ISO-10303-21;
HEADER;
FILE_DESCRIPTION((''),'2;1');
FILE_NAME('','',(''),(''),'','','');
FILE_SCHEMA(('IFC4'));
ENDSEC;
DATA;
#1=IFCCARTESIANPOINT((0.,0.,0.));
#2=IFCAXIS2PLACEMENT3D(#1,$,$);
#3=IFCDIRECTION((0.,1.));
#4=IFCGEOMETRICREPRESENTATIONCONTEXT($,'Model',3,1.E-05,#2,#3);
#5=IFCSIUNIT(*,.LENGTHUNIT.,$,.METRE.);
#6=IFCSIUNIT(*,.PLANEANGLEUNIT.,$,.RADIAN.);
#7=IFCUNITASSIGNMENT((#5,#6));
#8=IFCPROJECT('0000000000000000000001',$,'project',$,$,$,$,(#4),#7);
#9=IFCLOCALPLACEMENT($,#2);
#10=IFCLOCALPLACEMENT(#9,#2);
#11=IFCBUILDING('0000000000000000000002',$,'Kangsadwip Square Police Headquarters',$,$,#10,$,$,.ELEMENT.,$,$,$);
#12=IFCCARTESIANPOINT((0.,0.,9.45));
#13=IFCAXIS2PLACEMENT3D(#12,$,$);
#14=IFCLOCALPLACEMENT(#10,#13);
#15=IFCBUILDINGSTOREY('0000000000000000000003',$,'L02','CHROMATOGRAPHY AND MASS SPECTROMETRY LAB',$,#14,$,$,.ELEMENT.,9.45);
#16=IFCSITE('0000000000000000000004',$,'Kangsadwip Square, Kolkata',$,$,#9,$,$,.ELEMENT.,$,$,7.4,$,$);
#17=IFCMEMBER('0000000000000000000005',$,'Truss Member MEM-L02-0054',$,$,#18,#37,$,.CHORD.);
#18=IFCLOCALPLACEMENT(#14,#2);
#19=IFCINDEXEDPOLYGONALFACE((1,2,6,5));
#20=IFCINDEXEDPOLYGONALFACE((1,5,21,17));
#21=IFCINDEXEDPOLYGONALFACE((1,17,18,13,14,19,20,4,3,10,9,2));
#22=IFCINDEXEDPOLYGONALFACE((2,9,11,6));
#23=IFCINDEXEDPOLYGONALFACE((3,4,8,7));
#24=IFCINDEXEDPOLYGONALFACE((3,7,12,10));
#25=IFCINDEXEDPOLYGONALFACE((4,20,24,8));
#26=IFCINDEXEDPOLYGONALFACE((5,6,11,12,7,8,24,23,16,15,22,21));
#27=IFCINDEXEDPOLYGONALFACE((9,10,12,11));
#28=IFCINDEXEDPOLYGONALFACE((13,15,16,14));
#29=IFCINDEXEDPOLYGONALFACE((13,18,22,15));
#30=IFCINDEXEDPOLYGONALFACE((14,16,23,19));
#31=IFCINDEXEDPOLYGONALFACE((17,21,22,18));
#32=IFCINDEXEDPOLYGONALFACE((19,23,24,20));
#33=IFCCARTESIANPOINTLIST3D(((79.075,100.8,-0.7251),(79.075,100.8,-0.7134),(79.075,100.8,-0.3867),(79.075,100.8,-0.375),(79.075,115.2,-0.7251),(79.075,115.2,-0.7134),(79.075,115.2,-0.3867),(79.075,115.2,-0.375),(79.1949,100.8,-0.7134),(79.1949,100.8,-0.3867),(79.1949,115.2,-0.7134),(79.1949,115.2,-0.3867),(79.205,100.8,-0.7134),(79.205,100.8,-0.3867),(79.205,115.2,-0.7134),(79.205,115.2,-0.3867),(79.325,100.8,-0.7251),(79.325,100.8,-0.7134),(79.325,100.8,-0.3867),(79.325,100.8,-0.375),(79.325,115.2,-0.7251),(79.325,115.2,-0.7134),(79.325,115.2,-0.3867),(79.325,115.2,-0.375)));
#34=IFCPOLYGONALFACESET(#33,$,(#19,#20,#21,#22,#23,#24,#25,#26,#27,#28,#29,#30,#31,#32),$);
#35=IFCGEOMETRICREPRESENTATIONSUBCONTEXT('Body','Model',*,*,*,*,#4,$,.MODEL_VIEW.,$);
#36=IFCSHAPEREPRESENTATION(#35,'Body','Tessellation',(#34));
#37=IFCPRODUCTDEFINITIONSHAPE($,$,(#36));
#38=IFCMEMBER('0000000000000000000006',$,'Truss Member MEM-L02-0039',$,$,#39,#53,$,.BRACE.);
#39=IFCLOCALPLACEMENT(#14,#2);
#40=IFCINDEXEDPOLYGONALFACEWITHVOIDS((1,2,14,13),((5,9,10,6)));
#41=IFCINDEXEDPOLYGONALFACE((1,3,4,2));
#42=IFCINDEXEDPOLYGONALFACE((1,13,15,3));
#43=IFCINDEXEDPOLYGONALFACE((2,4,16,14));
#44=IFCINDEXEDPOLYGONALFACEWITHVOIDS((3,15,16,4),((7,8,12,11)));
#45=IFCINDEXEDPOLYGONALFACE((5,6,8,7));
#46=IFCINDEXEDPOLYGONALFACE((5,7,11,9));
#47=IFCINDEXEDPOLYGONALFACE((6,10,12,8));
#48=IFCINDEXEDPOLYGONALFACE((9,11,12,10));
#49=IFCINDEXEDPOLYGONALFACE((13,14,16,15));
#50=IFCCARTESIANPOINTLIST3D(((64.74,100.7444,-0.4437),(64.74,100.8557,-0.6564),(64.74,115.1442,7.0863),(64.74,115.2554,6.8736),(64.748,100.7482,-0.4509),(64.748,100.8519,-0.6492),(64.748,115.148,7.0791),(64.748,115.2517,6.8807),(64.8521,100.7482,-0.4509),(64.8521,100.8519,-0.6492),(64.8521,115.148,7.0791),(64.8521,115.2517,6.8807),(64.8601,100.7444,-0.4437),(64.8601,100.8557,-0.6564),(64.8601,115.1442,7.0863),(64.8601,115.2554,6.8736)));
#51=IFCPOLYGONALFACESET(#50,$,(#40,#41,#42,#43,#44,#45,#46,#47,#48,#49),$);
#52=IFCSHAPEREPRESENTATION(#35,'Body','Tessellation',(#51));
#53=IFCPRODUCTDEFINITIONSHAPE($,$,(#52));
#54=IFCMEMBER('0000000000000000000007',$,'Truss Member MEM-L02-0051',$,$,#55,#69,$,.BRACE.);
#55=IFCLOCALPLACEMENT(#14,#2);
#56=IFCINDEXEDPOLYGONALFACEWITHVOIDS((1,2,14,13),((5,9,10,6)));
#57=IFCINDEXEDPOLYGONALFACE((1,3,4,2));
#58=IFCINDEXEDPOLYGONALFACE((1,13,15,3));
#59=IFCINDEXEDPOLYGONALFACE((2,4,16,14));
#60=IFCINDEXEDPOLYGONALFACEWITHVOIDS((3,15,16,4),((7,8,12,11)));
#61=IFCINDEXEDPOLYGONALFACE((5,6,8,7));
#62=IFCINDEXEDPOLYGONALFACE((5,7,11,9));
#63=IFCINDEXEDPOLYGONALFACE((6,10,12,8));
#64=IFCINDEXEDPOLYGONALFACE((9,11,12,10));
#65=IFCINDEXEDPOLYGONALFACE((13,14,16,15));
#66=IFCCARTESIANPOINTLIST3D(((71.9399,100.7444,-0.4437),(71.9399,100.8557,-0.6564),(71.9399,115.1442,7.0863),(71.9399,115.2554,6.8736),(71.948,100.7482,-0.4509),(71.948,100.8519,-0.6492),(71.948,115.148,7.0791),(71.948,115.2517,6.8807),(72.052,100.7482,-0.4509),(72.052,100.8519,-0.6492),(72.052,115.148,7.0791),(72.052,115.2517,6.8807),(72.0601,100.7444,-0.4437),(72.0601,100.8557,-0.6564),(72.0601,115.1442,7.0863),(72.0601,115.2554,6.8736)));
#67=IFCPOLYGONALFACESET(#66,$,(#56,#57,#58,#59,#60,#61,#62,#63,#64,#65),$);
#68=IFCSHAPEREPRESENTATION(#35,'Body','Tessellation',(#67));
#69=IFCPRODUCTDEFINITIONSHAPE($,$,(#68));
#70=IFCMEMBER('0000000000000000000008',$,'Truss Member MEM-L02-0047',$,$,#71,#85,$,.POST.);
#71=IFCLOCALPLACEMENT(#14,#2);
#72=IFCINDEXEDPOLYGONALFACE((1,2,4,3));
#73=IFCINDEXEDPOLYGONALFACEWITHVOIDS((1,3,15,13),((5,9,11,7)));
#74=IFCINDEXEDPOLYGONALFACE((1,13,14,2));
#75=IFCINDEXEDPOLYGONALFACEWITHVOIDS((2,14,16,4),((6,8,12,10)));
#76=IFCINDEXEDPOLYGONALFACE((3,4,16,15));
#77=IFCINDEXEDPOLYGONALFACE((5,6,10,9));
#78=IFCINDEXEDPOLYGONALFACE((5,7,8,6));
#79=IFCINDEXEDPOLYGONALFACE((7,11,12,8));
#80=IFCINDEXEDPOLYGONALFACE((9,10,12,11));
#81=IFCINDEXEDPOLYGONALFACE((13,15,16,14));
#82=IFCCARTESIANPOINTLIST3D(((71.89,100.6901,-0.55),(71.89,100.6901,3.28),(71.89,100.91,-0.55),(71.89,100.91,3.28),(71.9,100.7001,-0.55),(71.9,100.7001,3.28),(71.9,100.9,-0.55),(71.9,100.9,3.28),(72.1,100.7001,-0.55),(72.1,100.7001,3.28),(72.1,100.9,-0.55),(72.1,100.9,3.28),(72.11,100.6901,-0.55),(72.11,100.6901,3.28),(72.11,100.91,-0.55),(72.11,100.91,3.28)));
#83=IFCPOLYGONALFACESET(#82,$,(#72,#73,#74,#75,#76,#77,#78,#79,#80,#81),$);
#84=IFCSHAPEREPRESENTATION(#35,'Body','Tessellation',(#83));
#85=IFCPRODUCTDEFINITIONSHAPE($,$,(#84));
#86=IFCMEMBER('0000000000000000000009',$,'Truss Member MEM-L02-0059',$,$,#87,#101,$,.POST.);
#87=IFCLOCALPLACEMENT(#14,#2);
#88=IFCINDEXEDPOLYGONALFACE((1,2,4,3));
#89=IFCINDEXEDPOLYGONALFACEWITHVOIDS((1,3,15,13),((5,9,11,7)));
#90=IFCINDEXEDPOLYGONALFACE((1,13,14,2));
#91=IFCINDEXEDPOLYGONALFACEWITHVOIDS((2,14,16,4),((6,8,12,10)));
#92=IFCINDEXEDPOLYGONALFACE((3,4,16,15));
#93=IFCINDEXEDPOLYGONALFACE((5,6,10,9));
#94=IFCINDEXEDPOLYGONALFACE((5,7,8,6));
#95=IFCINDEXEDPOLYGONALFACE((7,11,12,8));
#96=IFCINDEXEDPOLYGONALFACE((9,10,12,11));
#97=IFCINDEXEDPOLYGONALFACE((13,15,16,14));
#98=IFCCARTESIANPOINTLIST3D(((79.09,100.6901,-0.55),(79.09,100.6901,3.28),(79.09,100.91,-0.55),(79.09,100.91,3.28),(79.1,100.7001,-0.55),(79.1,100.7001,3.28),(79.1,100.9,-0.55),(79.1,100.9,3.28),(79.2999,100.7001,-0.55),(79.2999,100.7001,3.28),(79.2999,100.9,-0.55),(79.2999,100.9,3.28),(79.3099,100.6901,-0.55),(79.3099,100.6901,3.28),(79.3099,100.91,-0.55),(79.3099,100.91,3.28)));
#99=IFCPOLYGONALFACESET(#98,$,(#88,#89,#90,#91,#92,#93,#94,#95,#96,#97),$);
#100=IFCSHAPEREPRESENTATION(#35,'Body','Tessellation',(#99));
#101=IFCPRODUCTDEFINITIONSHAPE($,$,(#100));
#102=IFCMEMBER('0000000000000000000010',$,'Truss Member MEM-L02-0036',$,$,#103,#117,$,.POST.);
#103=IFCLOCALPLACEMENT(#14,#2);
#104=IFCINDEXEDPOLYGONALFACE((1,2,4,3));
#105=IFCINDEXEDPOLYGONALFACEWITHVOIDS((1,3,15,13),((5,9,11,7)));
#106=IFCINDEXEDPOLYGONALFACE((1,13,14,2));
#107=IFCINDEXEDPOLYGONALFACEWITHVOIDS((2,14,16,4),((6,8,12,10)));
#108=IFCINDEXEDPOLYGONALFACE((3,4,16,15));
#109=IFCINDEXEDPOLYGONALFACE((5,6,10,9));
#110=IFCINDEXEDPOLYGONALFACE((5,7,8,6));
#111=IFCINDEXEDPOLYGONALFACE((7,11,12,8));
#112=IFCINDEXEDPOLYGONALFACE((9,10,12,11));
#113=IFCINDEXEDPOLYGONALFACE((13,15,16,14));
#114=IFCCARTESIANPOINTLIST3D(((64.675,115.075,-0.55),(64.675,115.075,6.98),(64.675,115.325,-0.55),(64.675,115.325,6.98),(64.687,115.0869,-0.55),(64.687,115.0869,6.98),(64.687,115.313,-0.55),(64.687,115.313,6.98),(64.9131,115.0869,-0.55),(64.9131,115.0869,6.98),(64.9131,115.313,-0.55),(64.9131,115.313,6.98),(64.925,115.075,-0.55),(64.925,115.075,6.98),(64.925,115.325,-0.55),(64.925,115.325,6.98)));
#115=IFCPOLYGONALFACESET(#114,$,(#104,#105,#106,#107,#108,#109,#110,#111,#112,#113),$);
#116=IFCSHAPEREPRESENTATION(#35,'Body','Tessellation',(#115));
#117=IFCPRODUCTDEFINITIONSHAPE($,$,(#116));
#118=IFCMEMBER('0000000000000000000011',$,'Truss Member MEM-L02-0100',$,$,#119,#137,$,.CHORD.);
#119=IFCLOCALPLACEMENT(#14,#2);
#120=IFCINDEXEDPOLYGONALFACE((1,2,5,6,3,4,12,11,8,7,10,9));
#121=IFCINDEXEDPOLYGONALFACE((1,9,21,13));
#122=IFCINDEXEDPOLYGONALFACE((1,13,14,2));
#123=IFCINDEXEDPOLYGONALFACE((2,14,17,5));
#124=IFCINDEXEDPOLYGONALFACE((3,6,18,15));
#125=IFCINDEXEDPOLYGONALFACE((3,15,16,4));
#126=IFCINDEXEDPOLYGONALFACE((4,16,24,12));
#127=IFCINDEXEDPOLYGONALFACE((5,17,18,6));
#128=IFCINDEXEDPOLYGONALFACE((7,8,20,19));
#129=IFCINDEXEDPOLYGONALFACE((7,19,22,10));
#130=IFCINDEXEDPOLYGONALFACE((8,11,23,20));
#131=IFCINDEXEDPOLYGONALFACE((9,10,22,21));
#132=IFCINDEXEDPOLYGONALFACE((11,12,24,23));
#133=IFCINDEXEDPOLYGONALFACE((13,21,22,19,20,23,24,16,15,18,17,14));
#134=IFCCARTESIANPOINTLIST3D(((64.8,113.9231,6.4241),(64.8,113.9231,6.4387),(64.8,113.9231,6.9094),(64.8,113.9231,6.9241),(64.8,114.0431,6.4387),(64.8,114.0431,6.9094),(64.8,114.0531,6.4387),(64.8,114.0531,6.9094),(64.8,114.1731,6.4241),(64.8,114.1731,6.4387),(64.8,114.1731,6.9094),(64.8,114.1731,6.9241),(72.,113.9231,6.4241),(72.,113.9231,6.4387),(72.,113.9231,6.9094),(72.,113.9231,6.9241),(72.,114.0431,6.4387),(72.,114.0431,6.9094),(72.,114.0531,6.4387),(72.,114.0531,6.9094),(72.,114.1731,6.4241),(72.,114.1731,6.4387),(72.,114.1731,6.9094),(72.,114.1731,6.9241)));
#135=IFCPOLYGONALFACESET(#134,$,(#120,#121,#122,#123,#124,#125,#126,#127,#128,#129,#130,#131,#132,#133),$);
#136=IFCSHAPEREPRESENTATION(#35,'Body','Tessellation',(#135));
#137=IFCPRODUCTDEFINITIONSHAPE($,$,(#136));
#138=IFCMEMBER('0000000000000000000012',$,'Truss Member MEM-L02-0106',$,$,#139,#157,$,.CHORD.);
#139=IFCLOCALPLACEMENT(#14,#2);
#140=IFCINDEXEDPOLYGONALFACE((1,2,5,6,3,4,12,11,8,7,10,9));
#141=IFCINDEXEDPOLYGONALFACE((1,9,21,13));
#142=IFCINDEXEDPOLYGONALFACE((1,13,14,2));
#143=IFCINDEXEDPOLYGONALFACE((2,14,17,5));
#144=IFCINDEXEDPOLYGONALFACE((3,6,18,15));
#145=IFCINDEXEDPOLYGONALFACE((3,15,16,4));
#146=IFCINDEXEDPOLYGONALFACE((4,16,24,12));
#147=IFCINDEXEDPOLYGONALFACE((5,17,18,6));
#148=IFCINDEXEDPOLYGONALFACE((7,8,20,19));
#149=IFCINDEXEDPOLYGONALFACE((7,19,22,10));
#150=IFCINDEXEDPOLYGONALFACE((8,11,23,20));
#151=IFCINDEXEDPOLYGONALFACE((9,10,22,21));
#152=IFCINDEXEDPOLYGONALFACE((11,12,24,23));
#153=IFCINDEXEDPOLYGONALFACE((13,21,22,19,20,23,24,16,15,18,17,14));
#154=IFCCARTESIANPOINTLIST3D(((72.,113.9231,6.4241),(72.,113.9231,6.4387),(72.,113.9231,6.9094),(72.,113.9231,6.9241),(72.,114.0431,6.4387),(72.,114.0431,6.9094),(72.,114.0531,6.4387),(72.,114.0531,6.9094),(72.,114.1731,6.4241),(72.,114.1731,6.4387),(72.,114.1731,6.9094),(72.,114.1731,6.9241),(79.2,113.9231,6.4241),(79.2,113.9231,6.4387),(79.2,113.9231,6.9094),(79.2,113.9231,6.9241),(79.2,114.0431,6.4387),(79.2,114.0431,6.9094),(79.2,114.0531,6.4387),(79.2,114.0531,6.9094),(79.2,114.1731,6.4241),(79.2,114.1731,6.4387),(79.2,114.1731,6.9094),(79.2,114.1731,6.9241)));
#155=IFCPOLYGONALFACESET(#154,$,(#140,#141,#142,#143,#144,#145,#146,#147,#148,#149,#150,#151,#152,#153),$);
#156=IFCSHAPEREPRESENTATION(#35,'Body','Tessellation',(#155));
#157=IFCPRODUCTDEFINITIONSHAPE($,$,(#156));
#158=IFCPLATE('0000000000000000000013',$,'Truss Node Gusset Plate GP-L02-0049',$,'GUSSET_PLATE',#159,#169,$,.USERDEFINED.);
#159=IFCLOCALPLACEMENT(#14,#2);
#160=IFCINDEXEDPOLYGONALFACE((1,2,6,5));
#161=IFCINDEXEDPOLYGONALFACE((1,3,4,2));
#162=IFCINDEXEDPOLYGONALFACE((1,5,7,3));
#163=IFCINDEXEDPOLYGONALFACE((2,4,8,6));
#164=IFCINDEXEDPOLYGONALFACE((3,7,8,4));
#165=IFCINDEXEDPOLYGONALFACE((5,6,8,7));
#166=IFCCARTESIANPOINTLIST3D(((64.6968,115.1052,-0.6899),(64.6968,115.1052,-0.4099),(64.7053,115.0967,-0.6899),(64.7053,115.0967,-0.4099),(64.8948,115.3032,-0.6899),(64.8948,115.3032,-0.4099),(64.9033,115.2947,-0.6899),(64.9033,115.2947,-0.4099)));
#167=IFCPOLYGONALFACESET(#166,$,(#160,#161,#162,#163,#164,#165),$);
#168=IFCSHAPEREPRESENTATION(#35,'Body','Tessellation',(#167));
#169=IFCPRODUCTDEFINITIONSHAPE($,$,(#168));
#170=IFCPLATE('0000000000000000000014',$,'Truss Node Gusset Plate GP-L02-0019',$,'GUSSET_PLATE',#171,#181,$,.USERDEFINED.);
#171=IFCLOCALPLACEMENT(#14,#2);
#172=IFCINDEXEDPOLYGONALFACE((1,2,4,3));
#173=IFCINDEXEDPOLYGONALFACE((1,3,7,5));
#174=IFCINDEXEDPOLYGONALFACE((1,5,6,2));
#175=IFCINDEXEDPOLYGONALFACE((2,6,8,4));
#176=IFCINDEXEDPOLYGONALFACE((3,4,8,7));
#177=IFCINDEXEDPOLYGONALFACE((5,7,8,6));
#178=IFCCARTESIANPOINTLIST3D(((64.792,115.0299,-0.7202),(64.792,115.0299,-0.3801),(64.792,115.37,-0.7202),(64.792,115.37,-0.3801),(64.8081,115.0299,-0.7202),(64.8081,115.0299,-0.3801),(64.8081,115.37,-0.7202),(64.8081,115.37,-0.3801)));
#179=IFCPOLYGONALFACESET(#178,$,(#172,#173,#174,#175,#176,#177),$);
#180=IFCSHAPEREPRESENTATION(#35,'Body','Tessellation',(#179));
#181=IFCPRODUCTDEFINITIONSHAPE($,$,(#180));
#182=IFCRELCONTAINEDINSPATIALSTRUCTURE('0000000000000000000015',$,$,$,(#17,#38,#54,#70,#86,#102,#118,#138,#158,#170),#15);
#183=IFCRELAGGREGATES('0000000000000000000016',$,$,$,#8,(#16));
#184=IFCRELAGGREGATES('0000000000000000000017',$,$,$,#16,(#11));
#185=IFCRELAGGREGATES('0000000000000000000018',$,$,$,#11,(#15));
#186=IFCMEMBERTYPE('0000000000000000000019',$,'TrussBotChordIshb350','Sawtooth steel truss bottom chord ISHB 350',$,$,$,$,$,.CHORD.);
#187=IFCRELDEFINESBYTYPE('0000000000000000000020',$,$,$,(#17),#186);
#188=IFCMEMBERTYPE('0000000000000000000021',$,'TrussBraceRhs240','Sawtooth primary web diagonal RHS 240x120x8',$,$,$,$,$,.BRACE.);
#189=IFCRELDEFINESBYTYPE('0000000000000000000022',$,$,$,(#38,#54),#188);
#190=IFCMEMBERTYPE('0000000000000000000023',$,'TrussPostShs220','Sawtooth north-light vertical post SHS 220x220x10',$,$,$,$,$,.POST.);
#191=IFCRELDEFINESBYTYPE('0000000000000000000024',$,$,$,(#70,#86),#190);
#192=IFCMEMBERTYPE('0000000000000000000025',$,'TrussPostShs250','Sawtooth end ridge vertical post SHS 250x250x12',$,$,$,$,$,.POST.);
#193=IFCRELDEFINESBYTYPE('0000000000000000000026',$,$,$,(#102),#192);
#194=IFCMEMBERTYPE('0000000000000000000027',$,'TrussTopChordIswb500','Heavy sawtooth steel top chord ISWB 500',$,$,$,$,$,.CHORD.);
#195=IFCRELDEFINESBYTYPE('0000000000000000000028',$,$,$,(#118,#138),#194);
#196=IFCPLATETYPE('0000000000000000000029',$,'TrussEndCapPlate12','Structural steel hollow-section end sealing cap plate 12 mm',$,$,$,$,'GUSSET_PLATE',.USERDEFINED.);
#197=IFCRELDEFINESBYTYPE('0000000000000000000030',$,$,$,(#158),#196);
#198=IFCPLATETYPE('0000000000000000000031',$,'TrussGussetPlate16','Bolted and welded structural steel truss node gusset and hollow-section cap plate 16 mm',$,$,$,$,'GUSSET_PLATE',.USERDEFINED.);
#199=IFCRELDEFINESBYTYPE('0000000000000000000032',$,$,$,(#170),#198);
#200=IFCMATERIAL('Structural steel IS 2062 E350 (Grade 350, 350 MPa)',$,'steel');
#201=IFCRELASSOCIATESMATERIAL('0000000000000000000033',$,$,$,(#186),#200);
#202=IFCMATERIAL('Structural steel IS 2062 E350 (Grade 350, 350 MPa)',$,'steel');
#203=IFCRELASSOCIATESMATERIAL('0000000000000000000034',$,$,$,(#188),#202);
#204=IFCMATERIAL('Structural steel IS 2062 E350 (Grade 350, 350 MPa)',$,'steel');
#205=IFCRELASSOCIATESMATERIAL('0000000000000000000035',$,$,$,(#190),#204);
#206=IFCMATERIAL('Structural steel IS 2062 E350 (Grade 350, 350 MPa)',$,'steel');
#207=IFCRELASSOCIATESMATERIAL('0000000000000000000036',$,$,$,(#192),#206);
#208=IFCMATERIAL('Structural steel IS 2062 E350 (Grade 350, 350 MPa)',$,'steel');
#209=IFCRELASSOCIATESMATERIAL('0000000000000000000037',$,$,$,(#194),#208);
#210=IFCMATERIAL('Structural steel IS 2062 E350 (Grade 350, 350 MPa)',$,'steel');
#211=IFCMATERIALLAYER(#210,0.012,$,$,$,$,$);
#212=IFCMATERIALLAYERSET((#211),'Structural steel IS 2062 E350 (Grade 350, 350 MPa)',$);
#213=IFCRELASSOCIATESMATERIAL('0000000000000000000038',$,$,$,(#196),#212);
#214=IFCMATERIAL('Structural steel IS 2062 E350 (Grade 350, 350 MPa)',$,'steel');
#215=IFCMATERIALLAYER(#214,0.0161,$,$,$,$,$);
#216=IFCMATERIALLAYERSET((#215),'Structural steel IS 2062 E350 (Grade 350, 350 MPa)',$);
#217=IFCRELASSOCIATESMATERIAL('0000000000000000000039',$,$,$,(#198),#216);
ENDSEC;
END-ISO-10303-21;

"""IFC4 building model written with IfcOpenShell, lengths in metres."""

from ifc_helpers import new_model, si_unit, direction, frame, origin, origin_2d, place, context, subcontext, project, spatial, rectangle, hollow_rectangle, i_section, extrude, material, layer, layer_set, material_profile, profile_set, type_object, element, save


model = new_model("IFC4")

# Units and contexts
model_context = context("Model", 3, precision=1e-05, world=origin(), true_north=direction((0.0, 1.0)))
body_context = subcontext(model_context, "Body", "Model", "MODEL_VIEW")
ifc_project = project(units=[si_unit("LENGTHUNIT", "METRE"), si_unit("PLANEANGLEUNIT", "RADIAN")], contexts=[model_context])

# Site, building, storey
site_placement = place(None, origin())
site = spatial("IfcSite", under=ifc_project, at=site_placement, Name="Kangsadwip Square, Kolkata", CompositionType="ELEMENT", RefElevation=7.4)
building_placement = place(site_placement, origin())
building = spatial("IfcBuilding", under=site, at=building_placement, Name="Kangsadwip Square Police Headquarters", CompositionType="ELEMENT")
storey_placement = place(building_placement, frame((0.0, 0.0, 9.45)))
storey = spatial("IfcBuildingStorey", under=building, at=storey_placement, Name="L02", Description="CHROMATOGRAPHY AND MASS SPECTROMETRY LAB", CompositionType="ELEMENT", Elevation=9.45)

# Members
ifc_material_1 = material(Name="Structural steel IS 2062 E350 (Grade 350, 350 MPa)", Category="steel")
ifc_material_profile_1 = material_profile(ifc_material_1, i_section(OverallWidth=0.25, OverallDepth=0.3501, WebThickness=0.01, FlangeThickness=0.0117, at=origin_2d()), Name="ISHB 350")
ifc_profile_set_1 = profile_set([ifc_material_profile_1], Name="Structural steel IS 2062 E350 (Grade 350, 350 MPa)")
member_type_1 = type_object("IfcMemberType", Name="TrussBotChordIshb350", Description="Sawtooth steel truss bottom chord ISHB 350", PredefinedType="CHORD", material=ifc_profile_set_1)
for number, where, z_axis, x_axis, name in (
    (1, (79.2, 100.8, -0.55), (0.0, 1.0, 0.0), (-1.0, 0.0, 0.0), "Truss Member MEM-L02-0054"),
):
    element("IfcMember", number, at=place(storey_placement, frame(where, z_axis=z_axis, x_axis=x_axis)), inside=storey, type_object=member_type_1, Name=name, PredefinedType="CHORD", context=body_context, shape_type="SweptSolid", body=[
        extrude(i_section(OverallWidth=0.25, OverallDepth=0.3501, WebThickness=0.01, FlangeThickness=0.0117, at=origin_2d()), origin(), (0.0, 0.0, 1.0), 14.3999),
    ])
ifc_material_2 = material(Name="Structural steel IS 2062 E350 (Grade 350, 350 MPa)", Category="steel")
ifc_material_profile_2 = material_profile(ifc_material_2, hollow_rectangle(XDim=0.1201, YDim=0.24, WallThickness=0.0081, at=origin_2d()), Name="RHS 240X120X8")
ifc_profile_set_2 = profile_set([ifc_material_profile_2], Name="Structural steel IS 2062 E350 (Grade 350, 350 MPa)")
member_type_2 = type_object("IfcMemberType", Name="TrussBraceRhs240", Description="Sawtooth primary web diagonal RHS 240x120x8", PredefinedType="BRACE", material=ifc_profile_set_2)
for number, where, z_axis, x_axis, name in (
    (2, (64.8, 100.8, -0.55), (0.0, 0.886155, 0.46339), (-1.0, 0.0, 0.0), "Truss Member MEM-L02-0039"),
    (3, (72.0, 100.8, -0.55), (0.0, 0.886155, 0.46339), (-1.0, 0.0, 0.0), "Truss Member MEM-L02-0051"),
):
    element("IfcMember", number, at=place(storey_placement, frame(where, z_axis=z_axis, x_axis=x_axis)), inside=storey, type_object=member_type_2, Name=name, PredefinedType="BRACE", context=body_context, shape_type="SweptSolid", body=[
        extrude(hollow_rectangle(XDim=0.1201, YDim=0.24, WallThickness=0.0081, at=origin_2d()), origin(), (0.0, 0.0, 1.0), 16.2498),
    ])
ifc_material_3 = material(Name="Structural steel IS 2062 E350 (Grade 350, 350 MPa)", Category="steel")
ifc_material_profile_3 = material_profile(ifc_material_3, hollow_rectangle(XDim=0.22, YDim=0.22, WallThickness=0.01, at=origin_2d()), Name="SHS 220X220X10")
ifc_profile_set_3 = profile_set([ifc_material_profile_3], Name="Structural steel IS 2062 E350 (Grade 350, 350 MPa)")
member_type_3 = type_object("IfcMemberType", Name="TrussPostShs220", Description="Sawtooth north-light vertical post SHS 220x220x10", PredefinedType="POST", material=ifc_profile_set_3)
for number, where, z_axis, x_axis, name in (
    (4, (72.0, 100.8, -0.55), (0.0, 0.0, 1.0), (1.0, 0.0, 0.0), "Truss Member MEM-L02-0047"),
    (5, (79.2, 100.8, -0.55), (0.0, 0.0, 1.0), (1.0, 0.0, 0.0), "Truss Member MEM-L02-0059"),
):
    element("IfcMember", number, at=place(storey_placement, frame(where, z_axis=z_axis, x_axis=x_axis)), inside=storey, type_object=member_type_3, Name=name, PredefinedType="POST", context=body_context, shape_type="SweptSolid", body=[
        extrude(hollow_rectangle(XDim=0.22, YDim=0.22, WallThickness=0.01, at=origin_2d()), origin(), (0.0, 0.0, 1.0), 3.8301),
    ])
ifc_material_4 = material(Name="Structural steel IS 2062 E350 (Grade 350, 350 MPa)", Category="steel")
ifc_material_profile_4 = material_profile(ifc_material_4, hollow_rectangle(XDim=0.25, YDim=0.25, WallThickness=0.012, at=origin_2d()), Name="SHS 250X250X12")
ifc_profile_set_4 = profile_set([ifc_material_profile_4], Name="Structural steel IS 2062 E350 (Grade 350, 350 MPa)")
member_type_4 = type_object("IfcMemberType", Name="TrussPostShs250", Description="Sawtooth end ridge vertical post SHS 250x250x12", PredefinedType="POST", material=ifc_profile_set_4)
member_placement = place(storey_placement, frame((64.8, 115.2, -0.55), z_axis=(0.0, 0.0, 1.0), x_axis=(1.0, 0.0, 0.0)))
element("IfcMember", 6, at=member_placement, inside=storey, type_object=member_type_4, Name="Truss Member MEM-L02-0036", PredefinedType="POST", context=body_context, shape_type="SweptSolid", body=[
    extrude(hollow_rectangle(XDim=0.25, YDim=0.25, WallThickness=0.012, at=origin_2d()), origin(), (0.0, 0.0, 1.0), 7.53),
])
ifc_material_5 = material(Name="Structural steel IS 2062 E350 (Grade 350, 350 MPa)", Category="steel")
ifc_material_profile_5 = material_profile(ifc_material_5, i_section(OverallWidth=0.25, OverallDepth=0.5, WebThickness=0.01, FlangeThickness=0.0146, at=origin_2d()), Name="ISWB 500")
ifc_profile_set_5 = profile_set([ifc_material_profile_5], Name="Structural steel IS 2062 E350 (Grade 350, 350 MPa)")
member_type_5 = type_object("IfcMemberType", Name="TrussTopChordIswb500", Description="Heavy sawtooth steel top chord ISWB 500", PredefinedType="CHORD", material=ifc_profile_set_5)
for number, where, z_axis, x_axis, name in (
    (7, (64.8, 114.0481, 6.6741), (1.0, 0.0, 0.0), (0.0, 1.0, 0.0), "Truss Member MEM-L02-0100"),
    (8, (72.0, 114.0481, 6.6741), (1.0, 0.0, 0.0), (0.0, 1.0, 0.0), "Truss Member MEM-L02-0106"),
):
    element("IfcMember", number, at=place(storey_placement, frame(where, z_axis=z_axis, x_axis=x_axis)), inside=storey, type_object=member_type_5, Name=name, PredefinedType="CHORD", context=body_context, shape_type="SweptSolid", body=[
        extrude(i_section(OverallWidth=0.25, OverallDepth=0.5, WebThickness=0.01, FlangeThickness=0.0146, at=origin_2d()), origin(), (0.0, 0.0, 1.0), 7.2),
    ])

# Plates
ifc_material_6 = material(Name="Structural steel IS 2062 E350 (Grade 350, 350 MPa)", Category="steel")
ifc_layer_1 = layer(ifc_material_6, 0.012)
ifc_layer_set_1 = layer_set([ifc_layer_1], Name="Structural steel IS 2062 E350 (Grade 350, 350 MPa)")
plate_type_1 = type_object("IfcPlateType", Name="TrussEndCapPlate12", Description="Structural steel hollow-section end sealing cap plate 12 mm", ElementType="GUSSET_PLATE", PredefinedType="USERDEFINED", material=ifc_layer_set_1)
plate_placement = place(storey_placement, frame((64.8, 115.2, -0.6899), z_axis=(0.0, 0.0, 1.0), x_axis=(0.707107, 0.707107, 0.0)))
element("IfcPlate", 9, at=plate_placement, inside=storey, type_object=plate_type_1, Name="Truss Node Gusset Plate GP-L02-0049", ObjectType="GUSSET_PLATE", PredefinedType="USERDEFINED", context=body_context, shape_type="SweptSolid", body=[
    extrude(rectangle(XDim=0.28, YDim=0.012, at=origin_2d()), origin(), (0.0, 0.0, 1.0), 0.28),
])
ifc_material_7 = material(Name="Structural steel IS 2062 E350 (Grade 350, 350 MPa)", Category="steel")
ifc_layer_2 = layer(ifc_material_7, 0.0161)
ifc_layer_set_2 = layer_set([ifc_layer_2], Name="Structural steel IS 2062 E350 (Grade 350, 350 MPa)")
plate_type_2 = type_object("IfcPlateType", Name="TrussGussetPlate16", Description="Bolted and welded structural steel truss node gusset and hollow-section cap plate 16 mm", ElementType="GUSSET_PLATE", PredefinedType="USERDEFINED", material=ifc_layer_set_2)
for number, where, z_axis, x_axis, name in (
    (10, (64.8, 115.2, -0.7202), (0.0, 0.0, 1.0), (0.0, 1.0, 0.0), "Truss Node Gusset Plate GP-L02-0019"),
):
    element("IfcPlate", number, at=place(storey_placement, frame(where, z_axis=z_axis, x_axis=x_axis)), inside=storey, type_object=plate_type_2, Name=name, ObjectType="GUSSET_PLATE", PredefinedType="USERDEFINED", context=body_context, shape_type="SweptSolid", body=[
        extrude(rectangle(XDim=0.3401, YDim=0.0161, at=origin_2d()), origin(), (0.0, 0.0, 1.0), 0.3401),
    ])

save(model, "model.ifc")
